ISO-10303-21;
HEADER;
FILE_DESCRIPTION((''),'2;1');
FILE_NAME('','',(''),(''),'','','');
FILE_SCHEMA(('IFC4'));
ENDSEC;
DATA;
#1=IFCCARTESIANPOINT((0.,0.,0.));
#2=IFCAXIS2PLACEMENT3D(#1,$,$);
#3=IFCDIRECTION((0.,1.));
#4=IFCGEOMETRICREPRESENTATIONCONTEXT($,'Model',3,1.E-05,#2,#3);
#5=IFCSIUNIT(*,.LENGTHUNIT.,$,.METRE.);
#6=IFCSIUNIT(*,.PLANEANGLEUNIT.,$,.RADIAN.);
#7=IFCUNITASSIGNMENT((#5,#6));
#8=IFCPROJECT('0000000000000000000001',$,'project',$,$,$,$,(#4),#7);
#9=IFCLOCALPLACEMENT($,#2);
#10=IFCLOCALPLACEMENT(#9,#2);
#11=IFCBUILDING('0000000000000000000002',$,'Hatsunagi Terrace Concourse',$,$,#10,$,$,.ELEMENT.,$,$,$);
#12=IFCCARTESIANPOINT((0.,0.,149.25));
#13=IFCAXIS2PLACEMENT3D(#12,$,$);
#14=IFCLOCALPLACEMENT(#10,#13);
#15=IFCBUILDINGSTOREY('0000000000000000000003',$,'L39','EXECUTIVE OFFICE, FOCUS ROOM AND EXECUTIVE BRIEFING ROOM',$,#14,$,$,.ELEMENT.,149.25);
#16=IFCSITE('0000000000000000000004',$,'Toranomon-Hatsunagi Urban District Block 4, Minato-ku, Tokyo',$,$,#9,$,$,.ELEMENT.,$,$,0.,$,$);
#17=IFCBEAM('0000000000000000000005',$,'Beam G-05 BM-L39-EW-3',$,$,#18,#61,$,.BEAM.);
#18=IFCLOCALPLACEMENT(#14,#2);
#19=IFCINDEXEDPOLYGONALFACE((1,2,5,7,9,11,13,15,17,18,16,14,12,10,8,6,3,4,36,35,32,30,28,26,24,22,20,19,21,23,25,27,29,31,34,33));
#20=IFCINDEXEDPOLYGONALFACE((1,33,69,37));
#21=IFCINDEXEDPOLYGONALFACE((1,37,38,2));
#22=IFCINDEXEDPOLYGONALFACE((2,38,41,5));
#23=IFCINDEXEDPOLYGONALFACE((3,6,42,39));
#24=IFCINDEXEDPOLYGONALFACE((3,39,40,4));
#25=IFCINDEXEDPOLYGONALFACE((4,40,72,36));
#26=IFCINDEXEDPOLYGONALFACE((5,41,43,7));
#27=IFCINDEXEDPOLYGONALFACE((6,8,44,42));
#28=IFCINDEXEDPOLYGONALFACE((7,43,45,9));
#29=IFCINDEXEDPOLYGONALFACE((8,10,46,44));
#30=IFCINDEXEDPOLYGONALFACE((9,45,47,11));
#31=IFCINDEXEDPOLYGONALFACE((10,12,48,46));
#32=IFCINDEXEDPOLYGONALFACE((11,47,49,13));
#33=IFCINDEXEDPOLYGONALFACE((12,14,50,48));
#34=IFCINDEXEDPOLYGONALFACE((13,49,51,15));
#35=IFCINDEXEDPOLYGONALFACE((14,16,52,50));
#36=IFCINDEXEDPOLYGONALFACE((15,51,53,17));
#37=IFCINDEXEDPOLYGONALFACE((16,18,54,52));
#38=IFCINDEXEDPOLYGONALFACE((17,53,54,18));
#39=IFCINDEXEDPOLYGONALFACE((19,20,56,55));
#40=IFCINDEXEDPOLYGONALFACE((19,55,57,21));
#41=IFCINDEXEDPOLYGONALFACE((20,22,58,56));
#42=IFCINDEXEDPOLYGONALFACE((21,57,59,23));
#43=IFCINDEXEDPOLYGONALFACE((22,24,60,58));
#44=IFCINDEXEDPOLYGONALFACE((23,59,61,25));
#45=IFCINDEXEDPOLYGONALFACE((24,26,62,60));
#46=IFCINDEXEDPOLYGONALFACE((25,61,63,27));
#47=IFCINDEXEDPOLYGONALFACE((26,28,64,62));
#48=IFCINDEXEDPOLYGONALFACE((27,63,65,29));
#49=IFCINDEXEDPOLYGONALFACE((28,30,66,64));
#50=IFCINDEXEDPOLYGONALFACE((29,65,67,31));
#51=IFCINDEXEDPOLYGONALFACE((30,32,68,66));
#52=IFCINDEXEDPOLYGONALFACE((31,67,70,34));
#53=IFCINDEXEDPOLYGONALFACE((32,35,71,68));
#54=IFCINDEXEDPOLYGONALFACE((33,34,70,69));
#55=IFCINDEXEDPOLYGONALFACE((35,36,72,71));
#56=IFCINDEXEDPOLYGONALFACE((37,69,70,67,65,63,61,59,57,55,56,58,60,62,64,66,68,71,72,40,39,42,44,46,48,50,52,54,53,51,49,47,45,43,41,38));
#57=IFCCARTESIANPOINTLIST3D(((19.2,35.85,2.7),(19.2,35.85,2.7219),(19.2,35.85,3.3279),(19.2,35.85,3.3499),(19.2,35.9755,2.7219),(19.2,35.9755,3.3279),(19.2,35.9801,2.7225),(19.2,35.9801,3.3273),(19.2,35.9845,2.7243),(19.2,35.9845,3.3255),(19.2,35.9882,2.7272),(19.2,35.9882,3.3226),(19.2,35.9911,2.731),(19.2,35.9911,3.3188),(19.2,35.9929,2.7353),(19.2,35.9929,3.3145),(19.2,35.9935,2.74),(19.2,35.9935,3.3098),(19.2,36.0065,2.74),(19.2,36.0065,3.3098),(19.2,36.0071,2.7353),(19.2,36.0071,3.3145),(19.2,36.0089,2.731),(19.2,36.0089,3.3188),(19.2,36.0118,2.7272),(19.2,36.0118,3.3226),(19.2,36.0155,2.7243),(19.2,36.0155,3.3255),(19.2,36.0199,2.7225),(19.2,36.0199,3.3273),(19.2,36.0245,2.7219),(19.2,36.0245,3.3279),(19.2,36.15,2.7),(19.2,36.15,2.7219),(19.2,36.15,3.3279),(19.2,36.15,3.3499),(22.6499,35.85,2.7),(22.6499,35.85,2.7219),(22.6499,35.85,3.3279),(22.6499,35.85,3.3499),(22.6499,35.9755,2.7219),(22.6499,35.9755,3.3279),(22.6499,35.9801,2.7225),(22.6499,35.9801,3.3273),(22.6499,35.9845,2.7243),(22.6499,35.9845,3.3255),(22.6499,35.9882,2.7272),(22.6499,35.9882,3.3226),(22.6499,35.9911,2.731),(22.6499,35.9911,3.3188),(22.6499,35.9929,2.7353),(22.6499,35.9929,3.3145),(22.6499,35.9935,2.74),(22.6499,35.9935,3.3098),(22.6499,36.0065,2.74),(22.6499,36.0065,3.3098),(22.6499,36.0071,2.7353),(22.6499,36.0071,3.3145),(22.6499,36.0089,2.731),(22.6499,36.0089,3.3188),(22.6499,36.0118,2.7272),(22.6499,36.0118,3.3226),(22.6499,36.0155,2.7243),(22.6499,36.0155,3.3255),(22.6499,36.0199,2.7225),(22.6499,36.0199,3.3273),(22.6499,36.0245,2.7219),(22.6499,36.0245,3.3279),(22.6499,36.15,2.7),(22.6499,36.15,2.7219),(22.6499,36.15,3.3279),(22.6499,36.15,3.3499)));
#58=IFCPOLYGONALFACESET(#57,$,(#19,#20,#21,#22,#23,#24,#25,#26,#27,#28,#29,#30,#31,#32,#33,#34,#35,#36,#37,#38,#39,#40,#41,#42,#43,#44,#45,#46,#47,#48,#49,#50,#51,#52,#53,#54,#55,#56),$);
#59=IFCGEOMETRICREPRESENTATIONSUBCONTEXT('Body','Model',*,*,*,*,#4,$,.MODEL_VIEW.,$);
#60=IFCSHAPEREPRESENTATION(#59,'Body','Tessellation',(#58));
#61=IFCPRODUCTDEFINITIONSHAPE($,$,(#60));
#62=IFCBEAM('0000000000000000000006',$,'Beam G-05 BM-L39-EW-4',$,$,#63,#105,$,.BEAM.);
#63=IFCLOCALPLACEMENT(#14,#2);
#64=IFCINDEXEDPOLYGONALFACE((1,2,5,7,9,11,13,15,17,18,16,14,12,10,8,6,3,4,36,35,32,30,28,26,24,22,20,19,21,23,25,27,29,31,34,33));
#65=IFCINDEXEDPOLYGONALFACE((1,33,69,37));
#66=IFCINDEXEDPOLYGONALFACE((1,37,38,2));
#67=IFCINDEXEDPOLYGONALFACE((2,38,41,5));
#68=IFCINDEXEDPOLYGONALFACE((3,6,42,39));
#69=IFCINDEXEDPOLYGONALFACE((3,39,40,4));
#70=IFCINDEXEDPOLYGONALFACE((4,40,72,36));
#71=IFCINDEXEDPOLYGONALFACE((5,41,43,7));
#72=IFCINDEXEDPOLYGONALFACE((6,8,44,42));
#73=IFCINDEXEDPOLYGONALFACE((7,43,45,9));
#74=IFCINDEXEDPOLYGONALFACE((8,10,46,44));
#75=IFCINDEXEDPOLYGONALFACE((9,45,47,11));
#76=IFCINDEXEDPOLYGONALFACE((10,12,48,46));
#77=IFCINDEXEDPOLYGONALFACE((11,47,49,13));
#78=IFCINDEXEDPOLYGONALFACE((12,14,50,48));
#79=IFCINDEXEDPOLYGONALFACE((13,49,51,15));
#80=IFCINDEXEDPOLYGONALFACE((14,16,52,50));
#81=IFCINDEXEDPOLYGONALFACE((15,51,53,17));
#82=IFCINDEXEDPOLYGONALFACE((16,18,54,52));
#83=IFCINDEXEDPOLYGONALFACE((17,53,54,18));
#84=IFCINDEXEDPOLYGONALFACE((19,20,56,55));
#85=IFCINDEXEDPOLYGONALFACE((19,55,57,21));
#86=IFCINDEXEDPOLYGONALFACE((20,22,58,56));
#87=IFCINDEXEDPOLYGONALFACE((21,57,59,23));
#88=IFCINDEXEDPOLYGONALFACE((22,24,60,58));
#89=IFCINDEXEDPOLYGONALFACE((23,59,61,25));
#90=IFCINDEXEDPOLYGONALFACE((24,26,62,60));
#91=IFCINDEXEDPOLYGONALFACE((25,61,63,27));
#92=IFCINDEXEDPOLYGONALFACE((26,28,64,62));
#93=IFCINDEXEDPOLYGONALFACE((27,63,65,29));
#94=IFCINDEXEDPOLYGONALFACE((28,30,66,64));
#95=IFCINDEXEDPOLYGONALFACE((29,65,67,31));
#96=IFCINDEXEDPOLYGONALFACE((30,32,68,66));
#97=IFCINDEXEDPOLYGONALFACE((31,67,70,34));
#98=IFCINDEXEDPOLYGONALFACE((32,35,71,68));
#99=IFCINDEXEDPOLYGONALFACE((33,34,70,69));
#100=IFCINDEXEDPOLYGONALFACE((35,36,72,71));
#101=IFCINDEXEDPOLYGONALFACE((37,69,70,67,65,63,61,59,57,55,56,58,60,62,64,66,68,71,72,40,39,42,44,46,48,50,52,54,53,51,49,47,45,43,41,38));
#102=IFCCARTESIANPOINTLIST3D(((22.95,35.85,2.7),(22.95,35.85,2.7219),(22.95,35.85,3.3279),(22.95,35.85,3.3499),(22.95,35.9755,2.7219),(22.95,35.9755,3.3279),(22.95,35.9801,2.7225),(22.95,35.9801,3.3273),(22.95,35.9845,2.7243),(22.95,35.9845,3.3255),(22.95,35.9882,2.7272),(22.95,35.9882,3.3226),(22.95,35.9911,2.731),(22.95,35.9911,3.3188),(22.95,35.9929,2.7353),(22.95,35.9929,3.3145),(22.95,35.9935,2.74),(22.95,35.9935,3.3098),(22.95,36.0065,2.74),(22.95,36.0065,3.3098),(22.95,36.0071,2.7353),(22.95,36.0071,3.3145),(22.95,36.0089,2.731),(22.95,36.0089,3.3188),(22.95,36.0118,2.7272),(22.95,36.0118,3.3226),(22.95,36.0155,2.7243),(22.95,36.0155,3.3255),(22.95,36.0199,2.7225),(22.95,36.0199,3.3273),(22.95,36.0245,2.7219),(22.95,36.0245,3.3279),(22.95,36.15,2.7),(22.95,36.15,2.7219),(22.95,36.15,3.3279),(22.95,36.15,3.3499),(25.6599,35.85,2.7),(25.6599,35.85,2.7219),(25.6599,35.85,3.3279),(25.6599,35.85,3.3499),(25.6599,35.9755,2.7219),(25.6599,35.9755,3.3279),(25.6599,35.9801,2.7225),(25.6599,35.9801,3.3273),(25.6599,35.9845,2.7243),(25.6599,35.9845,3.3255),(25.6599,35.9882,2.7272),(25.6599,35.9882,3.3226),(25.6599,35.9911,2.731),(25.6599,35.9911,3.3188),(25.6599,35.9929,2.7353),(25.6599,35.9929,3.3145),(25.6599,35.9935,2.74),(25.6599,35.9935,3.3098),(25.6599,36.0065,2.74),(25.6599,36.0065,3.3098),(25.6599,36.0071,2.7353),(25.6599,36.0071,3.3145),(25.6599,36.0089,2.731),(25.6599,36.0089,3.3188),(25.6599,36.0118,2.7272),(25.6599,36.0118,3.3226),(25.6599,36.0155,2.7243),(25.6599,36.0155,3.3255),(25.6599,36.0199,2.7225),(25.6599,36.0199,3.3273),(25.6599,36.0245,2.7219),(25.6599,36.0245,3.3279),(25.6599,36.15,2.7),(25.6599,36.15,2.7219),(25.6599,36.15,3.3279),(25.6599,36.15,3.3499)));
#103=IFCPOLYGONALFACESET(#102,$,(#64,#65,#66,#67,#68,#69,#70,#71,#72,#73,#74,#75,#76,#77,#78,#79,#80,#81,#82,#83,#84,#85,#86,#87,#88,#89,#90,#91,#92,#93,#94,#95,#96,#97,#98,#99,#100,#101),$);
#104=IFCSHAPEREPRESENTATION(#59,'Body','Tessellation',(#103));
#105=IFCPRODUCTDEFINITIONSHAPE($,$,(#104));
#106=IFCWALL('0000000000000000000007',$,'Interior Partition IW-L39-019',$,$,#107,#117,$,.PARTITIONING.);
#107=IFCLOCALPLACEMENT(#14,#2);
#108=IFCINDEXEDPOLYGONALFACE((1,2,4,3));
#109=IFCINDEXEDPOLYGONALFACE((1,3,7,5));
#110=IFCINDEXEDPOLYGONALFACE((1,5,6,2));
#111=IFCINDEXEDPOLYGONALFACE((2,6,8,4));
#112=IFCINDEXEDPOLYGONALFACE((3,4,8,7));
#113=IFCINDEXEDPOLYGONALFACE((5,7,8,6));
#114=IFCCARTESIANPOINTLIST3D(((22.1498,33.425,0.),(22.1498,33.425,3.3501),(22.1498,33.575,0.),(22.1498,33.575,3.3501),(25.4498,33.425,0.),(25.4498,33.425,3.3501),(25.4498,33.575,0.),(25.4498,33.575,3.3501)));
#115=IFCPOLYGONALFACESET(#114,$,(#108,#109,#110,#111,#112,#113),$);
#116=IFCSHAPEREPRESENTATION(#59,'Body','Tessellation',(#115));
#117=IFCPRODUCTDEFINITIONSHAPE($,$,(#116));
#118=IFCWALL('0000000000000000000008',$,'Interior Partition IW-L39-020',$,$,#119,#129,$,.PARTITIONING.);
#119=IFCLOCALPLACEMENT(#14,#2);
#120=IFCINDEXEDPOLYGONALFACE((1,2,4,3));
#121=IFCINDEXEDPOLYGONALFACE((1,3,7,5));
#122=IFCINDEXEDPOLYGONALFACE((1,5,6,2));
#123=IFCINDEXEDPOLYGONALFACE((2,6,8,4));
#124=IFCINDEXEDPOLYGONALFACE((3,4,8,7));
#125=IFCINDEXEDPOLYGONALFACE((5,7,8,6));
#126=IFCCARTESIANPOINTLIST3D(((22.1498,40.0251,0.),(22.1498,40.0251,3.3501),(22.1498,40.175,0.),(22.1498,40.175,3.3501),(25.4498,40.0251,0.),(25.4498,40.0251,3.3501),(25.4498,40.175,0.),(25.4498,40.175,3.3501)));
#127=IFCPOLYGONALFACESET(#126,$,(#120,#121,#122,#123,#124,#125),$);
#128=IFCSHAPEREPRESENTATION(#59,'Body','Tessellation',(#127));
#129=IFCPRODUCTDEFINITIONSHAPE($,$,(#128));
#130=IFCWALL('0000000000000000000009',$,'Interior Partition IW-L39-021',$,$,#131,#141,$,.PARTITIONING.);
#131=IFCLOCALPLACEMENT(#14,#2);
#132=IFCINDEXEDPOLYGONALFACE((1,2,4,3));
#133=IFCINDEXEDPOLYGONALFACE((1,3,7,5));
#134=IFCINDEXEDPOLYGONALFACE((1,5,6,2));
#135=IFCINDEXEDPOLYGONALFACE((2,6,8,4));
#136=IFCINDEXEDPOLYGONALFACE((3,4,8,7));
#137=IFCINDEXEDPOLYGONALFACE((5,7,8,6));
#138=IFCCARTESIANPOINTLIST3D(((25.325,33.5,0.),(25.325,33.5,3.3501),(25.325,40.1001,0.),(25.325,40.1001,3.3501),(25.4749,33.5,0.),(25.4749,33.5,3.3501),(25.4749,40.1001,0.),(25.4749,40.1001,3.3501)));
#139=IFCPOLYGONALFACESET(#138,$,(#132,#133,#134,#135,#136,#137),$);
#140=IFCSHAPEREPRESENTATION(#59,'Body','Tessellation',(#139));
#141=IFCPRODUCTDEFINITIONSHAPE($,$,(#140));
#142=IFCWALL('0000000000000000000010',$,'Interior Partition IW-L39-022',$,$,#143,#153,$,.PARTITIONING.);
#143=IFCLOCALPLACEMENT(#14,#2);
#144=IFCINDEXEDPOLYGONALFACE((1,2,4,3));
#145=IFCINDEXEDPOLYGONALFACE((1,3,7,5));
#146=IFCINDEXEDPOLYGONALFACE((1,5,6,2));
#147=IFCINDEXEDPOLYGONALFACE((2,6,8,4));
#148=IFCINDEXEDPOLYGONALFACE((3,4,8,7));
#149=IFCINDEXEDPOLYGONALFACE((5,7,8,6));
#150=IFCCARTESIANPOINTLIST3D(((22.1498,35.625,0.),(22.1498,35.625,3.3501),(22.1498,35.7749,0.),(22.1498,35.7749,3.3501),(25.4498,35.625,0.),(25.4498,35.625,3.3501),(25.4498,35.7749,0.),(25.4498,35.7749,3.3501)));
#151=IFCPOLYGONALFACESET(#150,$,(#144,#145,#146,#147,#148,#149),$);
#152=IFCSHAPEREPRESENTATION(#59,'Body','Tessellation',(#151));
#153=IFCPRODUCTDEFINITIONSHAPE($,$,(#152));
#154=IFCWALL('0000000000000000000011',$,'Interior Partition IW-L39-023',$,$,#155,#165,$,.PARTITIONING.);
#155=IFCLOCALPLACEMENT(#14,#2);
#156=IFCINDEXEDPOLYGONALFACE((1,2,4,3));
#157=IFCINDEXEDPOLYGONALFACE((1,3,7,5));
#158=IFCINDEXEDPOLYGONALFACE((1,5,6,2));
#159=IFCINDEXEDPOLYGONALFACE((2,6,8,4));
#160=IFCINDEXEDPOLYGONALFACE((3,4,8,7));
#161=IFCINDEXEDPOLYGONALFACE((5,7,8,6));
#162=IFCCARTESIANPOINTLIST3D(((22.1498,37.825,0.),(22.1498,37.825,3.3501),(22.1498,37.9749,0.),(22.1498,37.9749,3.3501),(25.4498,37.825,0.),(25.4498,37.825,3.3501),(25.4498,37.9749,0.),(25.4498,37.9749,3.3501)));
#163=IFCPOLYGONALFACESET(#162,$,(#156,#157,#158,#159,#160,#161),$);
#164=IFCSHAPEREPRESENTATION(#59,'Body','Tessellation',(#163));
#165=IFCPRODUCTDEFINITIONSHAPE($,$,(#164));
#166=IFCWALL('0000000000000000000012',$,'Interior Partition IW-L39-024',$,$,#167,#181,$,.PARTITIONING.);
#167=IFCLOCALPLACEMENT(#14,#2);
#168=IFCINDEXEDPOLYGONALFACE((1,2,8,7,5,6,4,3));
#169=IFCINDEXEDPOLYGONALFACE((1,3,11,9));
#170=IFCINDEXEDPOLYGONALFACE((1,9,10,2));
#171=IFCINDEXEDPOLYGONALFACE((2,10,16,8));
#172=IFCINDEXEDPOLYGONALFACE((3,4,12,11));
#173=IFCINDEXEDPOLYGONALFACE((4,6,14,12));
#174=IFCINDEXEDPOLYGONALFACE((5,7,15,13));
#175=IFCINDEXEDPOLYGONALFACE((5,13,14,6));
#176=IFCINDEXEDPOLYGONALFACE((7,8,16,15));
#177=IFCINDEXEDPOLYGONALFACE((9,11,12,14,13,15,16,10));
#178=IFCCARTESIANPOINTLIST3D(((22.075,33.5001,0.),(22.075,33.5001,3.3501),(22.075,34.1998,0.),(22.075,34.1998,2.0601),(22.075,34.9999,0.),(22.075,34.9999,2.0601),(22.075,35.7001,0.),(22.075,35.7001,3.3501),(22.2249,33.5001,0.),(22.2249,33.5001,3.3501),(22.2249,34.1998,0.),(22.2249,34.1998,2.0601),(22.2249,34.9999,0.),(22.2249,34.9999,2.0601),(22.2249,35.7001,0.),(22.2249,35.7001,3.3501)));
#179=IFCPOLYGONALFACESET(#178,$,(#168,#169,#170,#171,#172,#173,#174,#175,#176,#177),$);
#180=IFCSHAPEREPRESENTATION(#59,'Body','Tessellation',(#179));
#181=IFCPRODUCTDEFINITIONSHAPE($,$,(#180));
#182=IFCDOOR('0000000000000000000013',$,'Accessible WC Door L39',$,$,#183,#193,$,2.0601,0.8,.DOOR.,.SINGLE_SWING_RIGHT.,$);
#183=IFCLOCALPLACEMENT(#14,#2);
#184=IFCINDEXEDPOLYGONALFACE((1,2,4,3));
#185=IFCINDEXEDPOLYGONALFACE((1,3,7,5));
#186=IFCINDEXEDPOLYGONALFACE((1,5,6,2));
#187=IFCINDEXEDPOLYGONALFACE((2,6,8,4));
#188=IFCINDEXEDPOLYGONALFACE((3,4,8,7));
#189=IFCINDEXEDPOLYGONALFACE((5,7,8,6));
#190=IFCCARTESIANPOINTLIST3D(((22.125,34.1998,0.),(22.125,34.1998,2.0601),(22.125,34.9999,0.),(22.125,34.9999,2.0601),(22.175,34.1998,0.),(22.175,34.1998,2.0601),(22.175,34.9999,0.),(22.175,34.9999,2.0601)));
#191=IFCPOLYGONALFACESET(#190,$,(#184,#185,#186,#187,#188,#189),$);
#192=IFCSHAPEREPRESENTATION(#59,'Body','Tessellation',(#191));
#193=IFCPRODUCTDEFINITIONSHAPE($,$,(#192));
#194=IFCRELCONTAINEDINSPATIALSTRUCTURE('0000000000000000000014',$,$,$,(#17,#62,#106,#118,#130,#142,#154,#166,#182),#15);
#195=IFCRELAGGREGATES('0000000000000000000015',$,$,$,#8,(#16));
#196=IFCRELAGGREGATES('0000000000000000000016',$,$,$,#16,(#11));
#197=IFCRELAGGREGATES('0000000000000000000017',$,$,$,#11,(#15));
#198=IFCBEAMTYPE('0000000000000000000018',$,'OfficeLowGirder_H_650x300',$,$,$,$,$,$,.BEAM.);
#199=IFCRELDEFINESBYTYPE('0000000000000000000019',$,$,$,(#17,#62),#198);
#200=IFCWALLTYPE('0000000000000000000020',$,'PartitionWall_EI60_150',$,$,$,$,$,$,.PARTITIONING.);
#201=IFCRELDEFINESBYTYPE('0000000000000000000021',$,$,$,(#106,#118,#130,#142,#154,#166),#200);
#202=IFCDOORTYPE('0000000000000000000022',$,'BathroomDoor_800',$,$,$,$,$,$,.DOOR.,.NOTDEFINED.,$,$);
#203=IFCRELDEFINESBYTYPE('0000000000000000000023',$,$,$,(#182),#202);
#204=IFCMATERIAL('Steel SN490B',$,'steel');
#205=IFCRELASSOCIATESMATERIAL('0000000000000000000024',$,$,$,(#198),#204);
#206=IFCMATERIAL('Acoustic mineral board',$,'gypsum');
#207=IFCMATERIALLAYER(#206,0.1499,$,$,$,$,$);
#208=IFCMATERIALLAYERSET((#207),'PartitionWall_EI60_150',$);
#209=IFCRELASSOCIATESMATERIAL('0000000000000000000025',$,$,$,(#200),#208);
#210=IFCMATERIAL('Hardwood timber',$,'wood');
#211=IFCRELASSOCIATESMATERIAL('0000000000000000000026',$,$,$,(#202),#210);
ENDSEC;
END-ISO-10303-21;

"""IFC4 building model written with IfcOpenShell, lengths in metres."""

from ifc_helpers import new_model, si_unit, direction, frame, frame_2d, origin, origin_2d, place, context, subcontext, project, spatial, rectangle, i_section, extrude, material, layer, layer_set, material_profile, profile_set, type_object, element, fill, save


model = new_model("IFC4")

# Units and contexts
model_context = context("Model", 3, precision=1e-05, world=origin(), true_north=direction((0.0, 1.0)))
body_context = subcontext(model_context, "Body", "Model", "MODEL_VIEW")
ifc_project = project(units=[si_unit("LENGTHUNIT", "METRE"), si_unit("PLANEANGLEUNIT", "RADIAN")], contexts=[model_context])

# Site, building, storey
site_placement = place(None, origin())
site = spatial("IfcSite", under=ifc_project, at=site_placement, Name="Toranomon-Hatsunagi Urban District Block 4, Minato-ku, Tokyo", CompositionType="ELEMENT", RefElevation=0.0)
building_placement = place(site_placement, origin())
building = spatial("IfcBuilding", under=site, at=building_placement, Name="Hatsunagi Terrace Concourse", CompositionType="ELEMENT")
storey_placement = place(building_placement, frame((0.0, 0.0, 149.25)))
storey = spatial("IfcBuildingStorey", under=building, at=storey_placement, Name="L39", Description="EXECUTIVE OFFICE, FOCUS ROOM AND EXECUTIVE BRIEFING ROOM", CompositionType="ELEMENT", Elevation=149.25)

# Beams
ifc_material_1 = material(Name="Steel SN490B", Category="steel")
ifc_material_profile_1 = material_profile(ifc_material_1, i_section(OverallWidth=0.3, OverallDepth=0.6499, WebThickness=0.0129, FlangeThickness=0.022, FilletRadius=0.0181, at=origin_2d()), Name="H-650x300x13x22")
ifc_profile_set_1 = profile_set([ifc_material_profile_1], Name="Steel SN490B")
beam_type_1 = type_object("IfcBeamType", Name="OfficeLowGirder_H_650x300", PredefinedType="BEAM", material=ifc_profile_set_1)
beam_1_placement = place(storey_placement, frame((19.2, 36.0, 3.0249), z_axis=(1.0, 0.0, 0.0), x_axis=(0.0, 1.0, 0.0)))
element("IfcBeam", 1, at=beam_1_placement, inside=storey, type_object=beam_type_1, Name="Beam G-05 BM-L39-EW-3", PredefinedType="BEAM", context=body_context, shape_type="SweptSolid", body=[
    extrude(i_section(OverallWidth=0.3, OverallDepth=0.6499, WebThickness=0.0129, FlangeThickness=0.022, FilletRadius=0.0181, at=origin_2d()), origin(), (0.0, 0.0, 1.0), 3.45),
])
beam_2_placement = place(storey_placement, frame((22.95, 36.0, 3.0249), z_axis=(1.0, 0.0, 0.0), x_axis=(0.0, 1.0, 0.0)))
element("IfcBeam", 2, at=beam_2_placement, inside=storey, type_object=beam_type_1, Name="Beam G-05 BM-L39-EW-4", PredefinedType="BEAM", context=body_context, shape_type="SweptSolid", body=[
    extrude(i_section(OverallWidth=0.3, OverallDepth=0.6499, WebThickness=0.0129, FlangeThickness=0.022, FilletRadius=0.0181, at=origin_2d()), origin(), (0.0, 0.0, 1.0), 2.71),
])

# Walls
ifc_material_2 = material(Name="Acoustic mineral board", Category="gypsum")
ifc_layer_1 = layer(ifc_material_2, 0.1499)
ifc_layer_set_1 = layer_set([ifc_layer_1], Name="PartitionWall_EI60_150")
wall_type = type_object("IfcWallType", Name="PartitionWall_EI60_150", PredefinedType="PARTITIONING", material=ifc_layer_set_1)
for number, where, z_axis, x_axis, name in (
    (3, (22.1499, 33.5, 0.0), (0.0, 0.0, 1.0), (1.0, 0.0, 0.0), "Interior Partition IW-L39-019"),
    (4, (22.1499, 40.1001, 0.0), (0.0, 0.0, 1.0), (1.0, 0.0, 0.0), "Interior Partition IW-L39-020"),
):
    element("IfcWall", number, at=place(storey_placement, frame(where, z_axis=z_axis, x_axis=x_axis)), inside=storey, type_object=wall_type, Name=name, PredefinedType="PARTITIONING", context=body_context, shape_type="SweptSolid", body=[
        extrude(rectangle(XDim=3.3, YDim=0.1499, at=frame_2d((1.6499, 0.0))), origin(), (0.0, 0.0, 1.0), 3.3501),
    ])
wall_1_placement = place(storey_placement, frame((25.3999, 33.5, 0.0), z_axis=(0.0, 0.0, 1.0), x_axis=(0.0, 1.0, 0.0)))
element("IfcWall", 5, at=wall_1_placement, inside=storey, type_object=wall_type, Name="Interior Partition IW-L39-021", PredefinedType="PARTITIONING", context=body_context, shape_type="SweptSolid", body=[
    extrude(rectangle(XDim=6.6001, YDim=0.1499, at=frame_2d((3.3, 0.0))), origin(), (0.0, 0.0, 1.0), 3.3501),
])
for number, where, z_axis, x_axis, name in (
    (6, (22.1499, 35.7, 0.0), (0.0, 0.0, 1.0), (1.0, 0.0, 0.0), "Interior Partition IW-L39-022"),
    (7, (22.1499, 37.8999, 0.0), (0.0, 0.0, 1.0), (1.0, 0.0, 0.0), "Interior Partition IW-L39-023"),
):
    element("IfcWall", number, at=place(storey_placement, frame(where, z_axis=z_axis, x_axis=x_axis)), inside=storey, type_object=wall_type, Name=name, PredefinedType="PARTITIONING", context=body_context, shape_type="SweptSolid", body=[
        extrude(rectangle(XDim=3.3, YDim=0.1499, at=frame_2d((1.6499, 0.0))), origin(), (0.0, 0.0, 1.0), 3.3501),
    ])

# Wall, opening, door
wall_2_placement = place(storey_placement, frame((22.1499, 33.5, 0.0), z_axis=(0.0, 0.0, 1.0), x_axis=(0.0, 1.0, 0.0)))
wall_2 = element("IfcWall", 8, at=wall_2_placement, inside=storey, type_object=wall_type, Name="Interior Partition IW-L39-024", PredefinedType="PARTITIONING", context=body_context, shape_type="SweptSolid", body=[
    extrude(rectangle(XDim=2.2, YDim=0.1499, at=frame_2d((1.1001, 0.0))), origin(), (0.0, 0.0, 1.0), 3.3501),
])
opening_1_placement = place(wall_2_placement, frame((0.7, 0.0, 0.0)))
opening_1 = element("IfcOpeningElement", 9, at=opening_1_placement, cuts=wall_2, PredefinedType="OPENING", context=body_context, shape_type="SweptSolid", body=[
    extrude(rectangle(XDim=0.8, YDim=2.0601, at=frame_2d((0.3999, 1.03))), frame((0.0, 0.085, 0.0), z_axis=(0.0, -1.0, 0.0), x_axis=(1.0, 0.0, 0.0)), (0.0, 0.0, 1.0), 0.1699),
])
ifc_material_3 = material(Name="Hardwood timber", Category="wood")
door_type_1 = type_object("IfcDoorType", Name="BathroomDoor_800", OperationType="NOTDEFINED", PredefinedType="DOOR", material=ifc_material_3)
door_1_placement = place(opening_1_placement, origin())
door_1 = element("IfcDoor", 10, at=door_1_placement, inside=storey, type_object=door_type_1, Name="Accessible WC Door L39", OperationType="SINGLE_SWING_RIGHT", OverallHeight=2.0601, OverallWidth=0.8, PredefinedType="DOOR", context=body_context, shape_type="SweptSolid", body=[
    extrude(rectangle(XDim=0.8, YDim=2.0601, at=frame_2d((0.3999, 1.03))), frame((0.0, 0.0249, 0.0), z_axis=(0.0, -1.0, 0.0), x_axis=(1.0, 0.0, 0.0)), (0.0, 0.0, 1.0), 0.05),
])
fill(opening_1, door_1)

save(model, "model.ifc")
